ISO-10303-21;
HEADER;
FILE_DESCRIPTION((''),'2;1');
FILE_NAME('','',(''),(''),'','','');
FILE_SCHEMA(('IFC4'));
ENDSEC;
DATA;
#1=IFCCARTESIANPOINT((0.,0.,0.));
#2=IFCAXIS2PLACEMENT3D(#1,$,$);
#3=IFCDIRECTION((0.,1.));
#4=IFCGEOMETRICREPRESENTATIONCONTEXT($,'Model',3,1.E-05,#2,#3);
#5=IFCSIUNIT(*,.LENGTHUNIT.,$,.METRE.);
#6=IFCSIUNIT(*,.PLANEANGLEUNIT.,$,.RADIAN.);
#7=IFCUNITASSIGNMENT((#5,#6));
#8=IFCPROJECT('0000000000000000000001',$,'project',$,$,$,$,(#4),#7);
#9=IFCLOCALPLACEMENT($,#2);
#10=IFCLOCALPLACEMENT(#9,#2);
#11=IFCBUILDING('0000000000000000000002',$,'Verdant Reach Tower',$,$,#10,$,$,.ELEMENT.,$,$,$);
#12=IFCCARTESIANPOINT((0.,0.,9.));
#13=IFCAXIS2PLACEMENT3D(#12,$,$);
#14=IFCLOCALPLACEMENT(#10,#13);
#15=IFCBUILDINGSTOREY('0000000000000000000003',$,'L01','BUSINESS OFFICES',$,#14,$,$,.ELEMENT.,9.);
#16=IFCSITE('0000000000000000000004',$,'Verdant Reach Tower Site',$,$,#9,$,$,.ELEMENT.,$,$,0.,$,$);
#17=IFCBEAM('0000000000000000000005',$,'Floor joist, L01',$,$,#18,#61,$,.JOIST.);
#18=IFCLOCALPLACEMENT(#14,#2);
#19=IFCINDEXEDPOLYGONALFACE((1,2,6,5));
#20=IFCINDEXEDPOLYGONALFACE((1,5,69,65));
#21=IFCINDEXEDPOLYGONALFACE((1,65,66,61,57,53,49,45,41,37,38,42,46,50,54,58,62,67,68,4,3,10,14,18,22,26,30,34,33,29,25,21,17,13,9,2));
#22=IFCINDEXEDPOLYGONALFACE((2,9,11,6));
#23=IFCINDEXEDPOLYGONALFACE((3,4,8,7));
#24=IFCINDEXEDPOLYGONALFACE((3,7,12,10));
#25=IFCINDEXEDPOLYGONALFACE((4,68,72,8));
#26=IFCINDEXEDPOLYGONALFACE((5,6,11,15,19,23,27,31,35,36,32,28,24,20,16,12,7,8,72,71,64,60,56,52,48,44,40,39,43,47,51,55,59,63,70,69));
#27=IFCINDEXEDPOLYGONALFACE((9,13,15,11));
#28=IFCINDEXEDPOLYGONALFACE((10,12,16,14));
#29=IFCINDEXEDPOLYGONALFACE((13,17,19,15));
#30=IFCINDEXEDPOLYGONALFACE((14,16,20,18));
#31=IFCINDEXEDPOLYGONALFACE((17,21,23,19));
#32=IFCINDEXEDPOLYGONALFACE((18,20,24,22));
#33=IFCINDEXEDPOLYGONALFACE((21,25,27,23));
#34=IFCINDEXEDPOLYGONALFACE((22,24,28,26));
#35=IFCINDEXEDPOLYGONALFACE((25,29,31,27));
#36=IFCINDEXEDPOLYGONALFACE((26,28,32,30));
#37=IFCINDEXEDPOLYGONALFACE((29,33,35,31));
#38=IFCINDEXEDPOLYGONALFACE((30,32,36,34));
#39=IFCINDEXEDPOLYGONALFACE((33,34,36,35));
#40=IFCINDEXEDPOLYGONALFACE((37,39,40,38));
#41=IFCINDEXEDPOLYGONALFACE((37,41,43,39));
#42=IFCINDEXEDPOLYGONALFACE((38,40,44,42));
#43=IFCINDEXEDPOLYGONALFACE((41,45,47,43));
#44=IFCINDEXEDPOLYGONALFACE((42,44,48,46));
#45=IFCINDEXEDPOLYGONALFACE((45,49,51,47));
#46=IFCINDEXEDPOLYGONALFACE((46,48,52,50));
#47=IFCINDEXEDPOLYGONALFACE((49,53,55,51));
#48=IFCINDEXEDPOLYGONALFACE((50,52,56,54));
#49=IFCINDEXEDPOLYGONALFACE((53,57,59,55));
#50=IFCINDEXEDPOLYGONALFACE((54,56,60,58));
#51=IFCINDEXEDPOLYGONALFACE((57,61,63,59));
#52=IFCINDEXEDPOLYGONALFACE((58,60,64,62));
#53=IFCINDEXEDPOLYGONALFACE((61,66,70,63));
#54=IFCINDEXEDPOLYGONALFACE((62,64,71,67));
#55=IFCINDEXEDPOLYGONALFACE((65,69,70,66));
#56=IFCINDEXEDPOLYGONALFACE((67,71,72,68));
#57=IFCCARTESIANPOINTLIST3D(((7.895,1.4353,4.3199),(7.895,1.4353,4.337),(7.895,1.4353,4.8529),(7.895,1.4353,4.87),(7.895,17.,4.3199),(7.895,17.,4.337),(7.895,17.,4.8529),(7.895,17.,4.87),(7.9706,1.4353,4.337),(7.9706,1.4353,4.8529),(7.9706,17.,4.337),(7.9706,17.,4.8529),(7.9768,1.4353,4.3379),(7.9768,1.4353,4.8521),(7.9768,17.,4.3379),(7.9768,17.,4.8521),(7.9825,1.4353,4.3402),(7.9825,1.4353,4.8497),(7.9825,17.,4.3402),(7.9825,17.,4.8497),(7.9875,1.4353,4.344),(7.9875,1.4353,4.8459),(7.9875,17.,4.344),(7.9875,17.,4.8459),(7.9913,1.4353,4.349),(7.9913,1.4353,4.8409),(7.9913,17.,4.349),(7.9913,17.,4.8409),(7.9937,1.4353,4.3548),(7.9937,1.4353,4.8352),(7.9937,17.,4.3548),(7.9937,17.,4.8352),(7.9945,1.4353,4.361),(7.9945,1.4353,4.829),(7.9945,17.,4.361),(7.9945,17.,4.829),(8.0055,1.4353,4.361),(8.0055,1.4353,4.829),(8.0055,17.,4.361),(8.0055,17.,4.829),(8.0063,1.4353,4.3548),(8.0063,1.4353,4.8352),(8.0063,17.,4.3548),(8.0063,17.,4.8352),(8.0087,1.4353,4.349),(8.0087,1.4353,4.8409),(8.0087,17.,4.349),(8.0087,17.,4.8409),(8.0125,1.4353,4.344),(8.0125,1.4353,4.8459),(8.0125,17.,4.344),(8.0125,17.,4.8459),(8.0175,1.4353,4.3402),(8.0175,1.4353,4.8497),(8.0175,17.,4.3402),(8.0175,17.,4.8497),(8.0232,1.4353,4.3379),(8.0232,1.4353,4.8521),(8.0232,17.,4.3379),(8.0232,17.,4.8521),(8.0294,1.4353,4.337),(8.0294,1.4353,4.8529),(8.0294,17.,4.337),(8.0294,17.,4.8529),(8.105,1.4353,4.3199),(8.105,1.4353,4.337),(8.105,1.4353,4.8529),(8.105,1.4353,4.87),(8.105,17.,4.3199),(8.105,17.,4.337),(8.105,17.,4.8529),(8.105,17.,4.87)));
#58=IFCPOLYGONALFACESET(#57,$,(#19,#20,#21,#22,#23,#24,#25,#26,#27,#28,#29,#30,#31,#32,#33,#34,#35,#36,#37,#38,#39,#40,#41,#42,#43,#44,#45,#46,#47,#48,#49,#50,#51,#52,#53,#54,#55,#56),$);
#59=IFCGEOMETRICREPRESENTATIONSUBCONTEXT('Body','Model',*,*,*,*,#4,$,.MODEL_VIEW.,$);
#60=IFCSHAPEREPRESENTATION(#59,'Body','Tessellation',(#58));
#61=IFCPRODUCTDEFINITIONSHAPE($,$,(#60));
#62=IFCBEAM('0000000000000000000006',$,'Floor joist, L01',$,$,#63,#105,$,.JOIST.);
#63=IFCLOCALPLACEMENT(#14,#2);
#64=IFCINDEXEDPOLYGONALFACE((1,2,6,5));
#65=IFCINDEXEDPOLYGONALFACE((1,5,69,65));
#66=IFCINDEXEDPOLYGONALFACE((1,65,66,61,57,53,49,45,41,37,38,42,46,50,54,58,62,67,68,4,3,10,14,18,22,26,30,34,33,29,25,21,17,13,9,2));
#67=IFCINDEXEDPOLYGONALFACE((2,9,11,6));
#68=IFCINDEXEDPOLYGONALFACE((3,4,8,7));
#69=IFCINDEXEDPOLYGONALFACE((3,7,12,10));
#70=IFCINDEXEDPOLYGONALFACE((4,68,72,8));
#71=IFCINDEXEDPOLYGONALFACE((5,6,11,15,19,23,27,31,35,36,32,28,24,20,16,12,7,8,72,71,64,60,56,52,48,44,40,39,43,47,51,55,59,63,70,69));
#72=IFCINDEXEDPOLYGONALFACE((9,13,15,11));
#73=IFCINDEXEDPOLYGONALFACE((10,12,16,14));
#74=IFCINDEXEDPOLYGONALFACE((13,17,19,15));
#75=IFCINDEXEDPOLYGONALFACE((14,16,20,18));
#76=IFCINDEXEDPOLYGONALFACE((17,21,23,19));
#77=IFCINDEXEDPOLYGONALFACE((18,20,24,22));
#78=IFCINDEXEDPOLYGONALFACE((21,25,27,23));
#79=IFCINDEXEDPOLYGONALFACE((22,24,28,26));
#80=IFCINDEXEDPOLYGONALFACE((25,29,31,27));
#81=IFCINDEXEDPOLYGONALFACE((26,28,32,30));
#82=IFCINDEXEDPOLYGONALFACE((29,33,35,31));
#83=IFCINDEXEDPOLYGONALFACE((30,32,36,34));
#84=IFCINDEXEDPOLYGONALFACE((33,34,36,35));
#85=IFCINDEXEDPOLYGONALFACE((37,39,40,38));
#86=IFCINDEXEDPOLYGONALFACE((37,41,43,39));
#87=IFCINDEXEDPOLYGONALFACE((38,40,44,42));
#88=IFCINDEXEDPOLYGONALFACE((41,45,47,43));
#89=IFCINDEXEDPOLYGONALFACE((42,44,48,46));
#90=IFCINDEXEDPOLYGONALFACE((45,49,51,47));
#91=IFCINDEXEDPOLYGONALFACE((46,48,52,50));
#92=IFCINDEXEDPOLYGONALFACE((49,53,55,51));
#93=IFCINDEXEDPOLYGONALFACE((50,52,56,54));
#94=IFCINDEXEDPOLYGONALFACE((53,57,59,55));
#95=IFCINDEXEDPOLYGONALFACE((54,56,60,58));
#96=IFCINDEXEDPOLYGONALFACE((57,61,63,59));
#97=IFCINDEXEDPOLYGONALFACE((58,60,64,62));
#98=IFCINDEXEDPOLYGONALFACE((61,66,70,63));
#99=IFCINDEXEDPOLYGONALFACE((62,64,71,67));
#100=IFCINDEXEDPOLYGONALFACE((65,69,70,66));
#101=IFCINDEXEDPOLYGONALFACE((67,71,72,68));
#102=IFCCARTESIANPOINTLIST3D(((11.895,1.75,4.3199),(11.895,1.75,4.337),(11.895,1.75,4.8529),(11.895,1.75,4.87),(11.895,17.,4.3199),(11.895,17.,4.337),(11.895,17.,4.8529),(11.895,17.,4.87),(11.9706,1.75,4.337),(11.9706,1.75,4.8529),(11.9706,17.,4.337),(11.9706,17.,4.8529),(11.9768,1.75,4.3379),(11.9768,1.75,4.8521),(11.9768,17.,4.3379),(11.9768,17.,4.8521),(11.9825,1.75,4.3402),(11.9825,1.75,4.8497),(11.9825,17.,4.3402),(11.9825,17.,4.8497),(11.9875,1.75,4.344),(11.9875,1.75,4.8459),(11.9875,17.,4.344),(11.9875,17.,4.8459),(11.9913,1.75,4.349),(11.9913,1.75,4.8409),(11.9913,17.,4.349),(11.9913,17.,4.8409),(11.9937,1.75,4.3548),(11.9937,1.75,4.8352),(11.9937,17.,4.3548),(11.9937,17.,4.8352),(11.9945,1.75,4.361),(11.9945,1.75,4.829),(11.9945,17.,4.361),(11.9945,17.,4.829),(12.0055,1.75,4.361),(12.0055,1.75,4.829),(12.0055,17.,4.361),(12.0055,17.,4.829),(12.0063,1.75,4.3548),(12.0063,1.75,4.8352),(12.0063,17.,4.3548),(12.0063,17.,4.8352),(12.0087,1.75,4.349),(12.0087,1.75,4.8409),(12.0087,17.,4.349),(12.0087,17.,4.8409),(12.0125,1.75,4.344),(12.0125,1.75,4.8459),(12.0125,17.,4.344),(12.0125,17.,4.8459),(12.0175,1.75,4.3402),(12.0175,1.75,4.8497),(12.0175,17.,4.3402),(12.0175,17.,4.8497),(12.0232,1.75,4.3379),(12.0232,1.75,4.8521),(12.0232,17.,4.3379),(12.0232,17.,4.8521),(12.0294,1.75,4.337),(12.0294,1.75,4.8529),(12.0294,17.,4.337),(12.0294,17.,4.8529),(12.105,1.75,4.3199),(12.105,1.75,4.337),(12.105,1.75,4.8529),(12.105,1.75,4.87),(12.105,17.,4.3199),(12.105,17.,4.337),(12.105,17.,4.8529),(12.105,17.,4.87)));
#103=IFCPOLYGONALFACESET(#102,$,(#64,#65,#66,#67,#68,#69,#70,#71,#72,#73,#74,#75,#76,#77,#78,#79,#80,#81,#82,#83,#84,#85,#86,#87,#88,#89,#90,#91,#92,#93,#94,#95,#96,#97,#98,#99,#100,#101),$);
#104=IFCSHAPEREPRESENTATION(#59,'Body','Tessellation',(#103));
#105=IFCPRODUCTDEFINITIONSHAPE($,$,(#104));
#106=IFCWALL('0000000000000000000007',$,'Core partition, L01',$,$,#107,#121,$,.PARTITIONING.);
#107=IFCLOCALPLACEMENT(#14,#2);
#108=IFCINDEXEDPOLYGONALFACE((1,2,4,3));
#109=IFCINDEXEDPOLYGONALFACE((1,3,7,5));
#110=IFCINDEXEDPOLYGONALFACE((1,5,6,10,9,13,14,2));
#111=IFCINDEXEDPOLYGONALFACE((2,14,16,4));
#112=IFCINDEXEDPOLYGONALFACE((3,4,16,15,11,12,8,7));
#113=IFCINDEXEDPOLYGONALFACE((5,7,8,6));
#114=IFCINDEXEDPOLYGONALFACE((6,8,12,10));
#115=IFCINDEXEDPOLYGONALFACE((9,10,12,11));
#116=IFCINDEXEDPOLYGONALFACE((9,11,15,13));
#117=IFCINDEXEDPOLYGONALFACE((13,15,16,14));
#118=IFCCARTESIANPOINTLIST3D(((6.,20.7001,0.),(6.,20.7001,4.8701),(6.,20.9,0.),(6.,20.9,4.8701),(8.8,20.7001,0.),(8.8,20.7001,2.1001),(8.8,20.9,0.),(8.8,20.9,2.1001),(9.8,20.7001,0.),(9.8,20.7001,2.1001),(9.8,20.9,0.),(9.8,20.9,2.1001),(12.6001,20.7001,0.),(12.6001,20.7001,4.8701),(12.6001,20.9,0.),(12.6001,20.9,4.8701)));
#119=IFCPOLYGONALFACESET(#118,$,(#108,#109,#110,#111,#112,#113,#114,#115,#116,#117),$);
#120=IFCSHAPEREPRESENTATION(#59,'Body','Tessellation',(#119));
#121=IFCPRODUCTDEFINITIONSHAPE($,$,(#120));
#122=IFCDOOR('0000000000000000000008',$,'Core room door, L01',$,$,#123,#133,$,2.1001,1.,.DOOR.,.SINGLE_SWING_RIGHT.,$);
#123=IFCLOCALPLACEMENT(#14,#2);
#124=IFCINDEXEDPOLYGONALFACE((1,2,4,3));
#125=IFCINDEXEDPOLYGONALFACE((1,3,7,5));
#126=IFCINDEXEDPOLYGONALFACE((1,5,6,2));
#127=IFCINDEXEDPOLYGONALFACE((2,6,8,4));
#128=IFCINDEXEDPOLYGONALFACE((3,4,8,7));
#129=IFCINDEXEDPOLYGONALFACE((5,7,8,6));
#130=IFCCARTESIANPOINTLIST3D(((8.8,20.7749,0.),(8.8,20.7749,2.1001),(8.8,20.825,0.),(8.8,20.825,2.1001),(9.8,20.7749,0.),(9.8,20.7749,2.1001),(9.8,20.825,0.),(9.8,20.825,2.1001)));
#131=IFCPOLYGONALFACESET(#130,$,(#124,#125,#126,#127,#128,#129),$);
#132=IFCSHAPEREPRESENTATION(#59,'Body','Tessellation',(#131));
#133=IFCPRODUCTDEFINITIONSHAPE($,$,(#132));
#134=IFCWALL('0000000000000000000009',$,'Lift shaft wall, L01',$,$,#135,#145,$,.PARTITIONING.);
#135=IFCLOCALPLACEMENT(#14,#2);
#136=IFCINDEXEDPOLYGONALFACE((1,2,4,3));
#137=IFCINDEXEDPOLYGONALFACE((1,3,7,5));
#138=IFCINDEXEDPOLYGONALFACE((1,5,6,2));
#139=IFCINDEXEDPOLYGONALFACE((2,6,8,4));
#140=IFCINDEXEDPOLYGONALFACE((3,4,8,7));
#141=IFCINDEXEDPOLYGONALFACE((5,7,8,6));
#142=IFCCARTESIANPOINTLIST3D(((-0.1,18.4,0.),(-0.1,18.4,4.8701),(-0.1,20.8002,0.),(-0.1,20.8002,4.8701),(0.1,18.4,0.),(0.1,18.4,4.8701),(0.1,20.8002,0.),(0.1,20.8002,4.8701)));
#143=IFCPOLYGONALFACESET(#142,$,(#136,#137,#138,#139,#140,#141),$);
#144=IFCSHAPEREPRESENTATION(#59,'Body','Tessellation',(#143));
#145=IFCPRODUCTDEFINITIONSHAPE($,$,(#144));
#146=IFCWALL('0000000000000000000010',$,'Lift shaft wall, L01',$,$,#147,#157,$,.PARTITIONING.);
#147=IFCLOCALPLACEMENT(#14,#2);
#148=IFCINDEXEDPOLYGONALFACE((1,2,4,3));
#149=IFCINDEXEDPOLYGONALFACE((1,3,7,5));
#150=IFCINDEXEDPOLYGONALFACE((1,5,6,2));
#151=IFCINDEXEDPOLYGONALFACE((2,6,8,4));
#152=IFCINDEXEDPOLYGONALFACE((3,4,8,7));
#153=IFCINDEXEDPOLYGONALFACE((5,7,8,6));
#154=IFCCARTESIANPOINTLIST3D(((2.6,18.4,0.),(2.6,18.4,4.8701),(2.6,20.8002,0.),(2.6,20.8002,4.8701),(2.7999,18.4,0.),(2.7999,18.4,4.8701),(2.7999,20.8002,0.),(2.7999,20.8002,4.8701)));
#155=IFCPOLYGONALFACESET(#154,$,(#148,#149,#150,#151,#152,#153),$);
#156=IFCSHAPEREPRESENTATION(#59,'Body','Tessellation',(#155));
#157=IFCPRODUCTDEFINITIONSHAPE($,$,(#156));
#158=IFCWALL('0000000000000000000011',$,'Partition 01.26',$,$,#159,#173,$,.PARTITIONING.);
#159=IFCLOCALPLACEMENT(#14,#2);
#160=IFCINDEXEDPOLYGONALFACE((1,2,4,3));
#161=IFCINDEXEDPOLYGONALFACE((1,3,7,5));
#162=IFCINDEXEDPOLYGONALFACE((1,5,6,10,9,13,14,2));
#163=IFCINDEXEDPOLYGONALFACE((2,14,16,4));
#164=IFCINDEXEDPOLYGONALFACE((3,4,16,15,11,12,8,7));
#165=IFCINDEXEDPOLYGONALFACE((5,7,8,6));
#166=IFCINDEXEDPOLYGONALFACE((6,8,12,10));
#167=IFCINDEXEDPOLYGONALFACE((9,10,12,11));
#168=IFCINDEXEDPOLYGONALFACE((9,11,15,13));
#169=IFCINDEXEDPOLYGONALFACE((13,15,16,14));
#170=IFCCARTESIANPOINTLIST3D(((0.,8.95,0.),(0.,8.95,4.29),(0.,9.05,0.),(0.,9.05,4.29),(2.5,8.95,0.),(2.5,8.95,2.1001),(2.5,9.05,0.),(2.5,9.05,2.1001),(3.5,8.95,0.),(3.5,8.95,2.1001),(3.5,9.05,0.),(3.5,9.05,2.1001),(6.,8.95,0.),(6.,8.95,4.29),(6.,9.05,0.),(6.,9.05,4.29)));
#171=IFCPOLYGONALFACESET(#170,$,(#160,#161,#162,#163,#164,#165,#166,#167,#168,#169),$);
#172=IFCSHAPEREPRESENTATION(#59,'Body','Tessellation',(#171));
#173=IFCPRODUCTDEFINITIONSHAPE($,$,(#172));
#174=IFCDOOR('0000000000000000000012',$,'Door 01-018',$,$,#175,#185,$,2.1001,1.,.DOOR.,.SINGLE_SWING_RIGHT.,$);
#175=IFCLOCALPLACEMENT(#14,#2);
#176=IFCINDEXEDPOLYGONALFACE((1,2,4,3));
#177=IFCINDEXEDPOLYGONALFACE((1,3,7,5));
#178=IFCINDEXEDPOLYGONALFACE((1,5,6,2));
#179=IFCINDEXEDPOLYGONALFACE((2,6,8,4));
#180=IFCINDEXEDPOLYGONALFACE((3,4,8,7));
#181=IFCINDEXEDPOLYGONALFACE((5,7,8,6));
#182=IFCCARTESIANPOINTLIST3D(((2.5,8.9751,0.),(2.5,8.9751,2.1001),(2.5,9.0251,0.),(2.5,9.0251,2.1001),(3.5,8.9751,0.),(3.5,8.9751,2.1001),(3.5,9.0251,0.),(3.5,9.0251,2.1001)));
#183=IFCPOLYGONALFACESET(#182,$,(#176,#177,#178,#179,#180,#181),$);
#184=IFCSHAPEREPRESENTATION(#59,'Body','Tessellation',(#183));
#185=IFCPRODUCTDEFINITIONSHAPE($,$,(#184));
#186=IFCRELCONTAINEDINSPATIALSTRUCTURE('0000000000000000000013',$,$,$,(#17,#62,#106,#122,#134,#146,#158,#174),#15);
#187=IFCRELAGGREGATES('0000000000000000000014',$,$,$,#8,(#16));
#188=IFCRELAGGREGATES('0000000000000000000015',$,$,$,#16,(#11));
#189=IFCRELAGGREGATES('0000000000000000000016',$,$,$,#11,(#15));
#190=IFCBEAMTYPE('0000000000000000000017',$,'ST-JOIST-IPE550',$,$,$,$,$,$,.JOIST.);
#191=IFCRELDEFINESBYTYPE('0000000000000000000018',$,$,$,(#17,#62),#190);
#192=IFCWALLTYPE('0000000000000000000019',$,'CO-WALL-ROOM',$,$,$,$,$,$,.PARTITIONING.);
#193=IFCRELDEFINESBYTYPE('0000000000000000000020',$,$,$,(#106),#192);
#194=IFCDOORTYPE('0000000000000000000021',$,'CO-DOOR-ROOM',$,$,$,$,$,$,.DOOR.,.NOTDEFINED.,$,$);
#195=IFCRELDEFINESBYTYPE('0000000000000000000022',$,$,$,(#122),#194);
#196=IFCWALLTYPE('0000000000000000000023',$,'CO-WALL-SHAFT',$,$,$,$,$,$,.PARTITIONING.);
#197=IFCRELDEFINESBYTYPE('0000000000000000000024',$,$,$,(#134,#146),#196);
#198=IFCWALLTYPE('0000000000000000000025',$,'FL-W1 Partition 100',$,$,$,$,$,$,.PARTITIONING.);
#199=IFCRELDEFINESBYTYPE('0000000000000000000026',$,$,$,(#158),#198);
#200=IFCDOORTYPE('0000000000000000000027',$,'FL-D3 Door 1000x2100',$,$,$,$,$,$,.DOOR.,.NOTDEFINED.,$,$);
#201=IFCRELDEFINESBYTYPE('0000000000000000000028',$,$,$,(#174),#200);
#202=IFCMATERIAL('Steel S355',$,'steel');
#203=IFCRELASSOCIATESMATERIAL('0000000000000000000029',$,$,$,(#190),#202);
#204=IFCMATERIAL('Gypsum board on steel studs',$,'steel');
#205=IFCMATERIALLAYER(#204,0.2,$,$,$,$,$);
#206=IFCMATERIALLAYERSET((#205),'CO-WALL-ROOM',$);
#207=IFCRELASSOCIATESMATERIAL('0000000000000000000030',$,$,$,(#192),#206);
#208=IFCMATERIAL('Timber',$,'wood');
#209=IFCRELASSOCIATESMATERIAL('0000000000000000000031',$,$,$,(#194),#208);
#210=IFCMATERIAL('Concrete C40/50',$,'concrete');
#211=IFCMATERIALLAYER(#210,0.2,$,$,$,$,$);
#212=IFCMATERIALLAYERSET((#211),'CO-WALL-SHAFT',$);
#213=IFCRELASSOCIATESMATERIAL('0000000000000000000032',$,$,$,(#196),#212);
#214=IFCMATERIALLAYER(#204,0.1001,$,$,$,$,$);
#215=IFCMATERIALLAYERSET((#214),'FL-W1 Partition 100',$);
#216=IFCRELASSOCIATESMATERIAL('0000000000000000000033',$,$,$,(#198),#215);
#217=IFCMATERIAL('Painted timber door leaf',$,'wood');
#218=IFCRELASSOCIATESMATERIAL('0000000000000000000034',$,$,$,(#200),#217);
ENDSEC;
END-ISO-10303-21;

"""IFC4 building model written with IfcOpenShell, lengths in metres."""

from ifc_helpers import new_model, si_unit, direction, frame, frame_2d, origin, origin_2d, place, context, subcontext, project, spatial, rectangle, i_section, extrude, material, layer, layer_set, material_profile, profile_set, type_object, element, fill, save


model = new_model("IFC4")

# Units and contexts
model_context = context("Model", 3, precision=1e-05, world=origin(), true_north=direction((0.0, 1.0)))
body_context = subcontext(model_context, "Body", "Model", "MODEL_VIEW")
ifc_project = project(units=[si_unit("LENGTHUNIT", "METRE"), si_unit("PLANEANGLEUNIT", "RADIAN")], contexts=[model_context])

# Site, building, storey
site_placement = place(None, origin())
site = spatial("IfcSite", under=ifc_project, at=site_placement, Name="Verdant Reach Tower Site", CompositionType="ELEMENT", RefElevation=0.0)
building_placement = place(site_placement, origin())
building = spatial("IfcBuilding", under=site, at=building_placement, Name="Verdant Reach Tower", CompositionType="ELEMENT")
storey_placement = place(building_placement, frame((0.0, 0.0, 9.0)))
storey = spatial("IfcBuildingStorey", under=building, at=storey_placement, Name="L01", Description="BUSINESS OFFICES", CompositionType="ELEMENT", Elevation=9.0)

# Beams
ifc_material_1 = material(Name="Steel S355", Category="steel")
ifc_material_profile_1 = material_profile(ifc_material_1, i_section(OverallWidth=0.21, OverallDepth=0.55, WebThickness=0.011, FlangeThickness=0.0171, FilletRadius=0.0239, at=origin_2d()), Name="IPE 550")
ifc_profile_set_1 = profile_set([ifc_material_profile_1], Name="Steel S355")
beam_type_1 = type_object("IfcBeamType", Name="ST-JOIST-IPE550", PredefinedType="JOIST", material=ifc_profile_set_1)
beam_1_placement = place(storey_placement, frame((8.0, 17.0, 4.595), z_axis=(0.0, -1.0, 0.0), x_axis=(1.0, 0.0, 0.0)))
element("IfcBeam", 1, at=beam_1_placement, inside=storey, type_object=beam_type_1, Name="Floor joist, L01", PredefinedType="JOIST", context=body_context, shape_type="SweptSolid", body=[
    extrude(i_section(OverallWidth=0.21, OverallDepth=0.55, WebThickness=0.011, FlangeThickness=0.0171, FilletRadius=0.0239, at=origin_2d()), origin(), (0.0, 0.0, 1.0), 15.5647),
])
beam_2_placement = place(storey_placement, frame((12.0, 17.0, 4.595), z_axis=(0.0, -1.0, 0.0), x_axis=(1.0, 0.0, 0.0)))
element("IfcBeam", 2, at=beam_2_placement, inside=storey, type_object=beam_type_1, Name="Floor joist, L01", PredefinedType="JOIST", context=body_context, shape_type="SweptSolid", body=[
    extrude(i_section(OverallWidth=0.21, OverallDepth=0.55, WebThickness=0.011, FlangeThickness=0.0171, FilletRadius=0.0239, at=origin_2d()), origin(), (0.0, 0.0, 1.0), 15.25),
])

# Wall, opening, door
ifc_material_2 = material(Name="Gypsum board on steel studs", Category="steel")
ifc_layer_1 = layer(ifc_material_2, 0.2)
ifc_layer_set_1 = layer_set([ifc_layer_1], Name="CO-WALL-ROOM")
wall_type_1 = type_object("IfcWallType", Name="CO-WALL-ROOM", PredefinedType="PARTITIONING", material=ifc_layer_set_1)
wall_1_placement = place(storey_placement, frame((6.0, 20.8, 0.0), z_axis=(0.0, 0.0, 1.0), x_axis=(1.0, 0.0, 0.0)))
wall_1 = element("IfcWall", 3, at=wall_1_placement, inside=storey, type_object=wall_type_1, Name="Core partition, L01", PredefinedType="PARTITIONING", context=body_context, shape_type="SweptSolid", body=[
    extrude(rectangle(XDim=6.6001, YDim=0.2, at=frame_2d((3.3, 0.0))), origin(), (0.0, 0.0, 1.0), 4.8701),
])
opening_1_placement = place(wall_1_placement, frame((2.8, 0.0, 0.0)))
opening_1 = element("IfcOpeningElement", 4, at=opening_1_placement, cuts=wall_1, PredefinedType="OPENING", context=body_context, shape_type="SweptSolid", body=[
    extrude(rectangle(XDim=1.0, YDim=2.1001, at=frame_2d((0.5, 1.05))), frame((0.0, 0.1099, 0.0), z_axis=(0.0, -1.0, 0.0), x_axis=(1.0, 0.0, 0.0)), (0.0, 0.0, 1.0), 0.22),
])
ifc_material_3 = material(Name="Timber", Category="wood")
door_type_1 = type_object("IfcDoorType", Name="CO-DOOR-ROOM", OperationType="NOTDEFINED", PredefinedType="DOOR", material=ifc_material_3)
door_1_placement = place(opening_1_placement, origin())
door_1 = element("IfcDoor", 5, at=door_1_placement, inside=storey, type_object=door_type_1, Name="Core room door, L01", OperationType="SINGLE_SWING_RIGHT", OverallHeight=2.1001, OverallWidth=1.0, PredefinedType="DOOR", context=body_context, shape_type="SweptSolid", body=[
    extrude(rectangle(XDim=1.0, YDim=2.1001, at=frame_2d((0.5, 1.05))), frame((0.0, 0.0249, 0.0), z_axis=(0.0, -1.0, 0.0), x_axis=(1.0, 0.0, 0.0)), (0.0, 0.0, 1.0), 0.05),
])
fill(opening_1, door_1)

# Walls
ifc_material_4 = material(Name="Concrete C40/50", Category="concrete")
ifc_layer_2 = layer(ifc_material_4, 0.2)
ifc_layer_set_2 = layer_set([ifc_layer_2], Name="CO-WALL-SHAFT")
wall_type_2 = type_object("IfcWallType", Name="CO-WALL-SHAFT", PredefinedType="PARTITIONING", material=ifc_layer_set_2)
for number, where, z_axis, x_axis, name in (
    (6, (0.0, 18.3999, 0.0), (0.0, 0.0, 1.0), (0.0, 1.0, 0.0), "Lift shaft wall, L01"),
    (7, (2.7, 18.3999, 0.0), (0.0, 0.0, 1.0), (0.0, 1.0, 0.0), "Lift shaft wall, L01"),
):
    element("IfcWall", number, at=place(storey_placement, frame(where, z_axis=z_axis, x_axis=x_axis)), inside=storey, type_object=wall_type_2, Name=name, PredefinedType="PARTITIONING", context=body_context, shape_type="SweptSolid", body=[
        extrude(rectangle(XDim=2.4001, YDim=0.2, at=frame_2d((1.2002, 0.0))), origin(), (0.0, 0.0, 1.0), 4.8701),
    ])

# Wall, opening, door
ifc_layer_3 = layer(ifc_material_2, 0.1001)
ifc_layer_set_3 = layer_set([ifc_layer_3], Name="FL-W1 Partition 100")
wall_type_3 = type_object("IfcWallType", Name="FL-W1 Partition 100", PredefinedType="PARTITIONING", material=ifc_layer_set_3)
wall_2_placement = place(storey_placement, frame((6.0, 9.0, 0.0), z_axis=(0.0, 0.0, 1.0), x_axis=(-1.0, 0.0, 0.0)))
wall_2 = element("IfcWall", 8, at=wall_2_placement, inside=storey, type_object=wall_type_3, Name="Partition 01.26", PredefinedType="PARTITIONING", context=body_context, shape_type="SweptSolid", body=[
    extrude(rectangle(XDim=6.0, YDim=0.1001, at=frame_2d((3.0, 0.0))), origin(), (0.0, 0.0, 1.0), 4.29),
])
opening_2_placement = place(wall_2_placement, frame((2.5, 0.0, 0.0)))
opening_2 = element("IfcOpeningElement", 9, at=opening_2_placement, cuts=wall_2, PredefinedType="OPENING", context=body_context, shape_type="SweptSolid", body=[
    extrude(rectangle(XDim=1.0, YDim=2.1001, at=frame_2d((0.5, 1.05))), frame((0.0, 0.0601, 0.0), z_axis=(0.0, -1.0, 0.0), x_axis=(1.0, 0.0, 0.0)), (0.0, 0.0, 1.0), 0.1201),
])
ifc_material_5 = material(Name="Painted timber door leaf", Category="wood")
door_type_2 = type_object("IfcDoorType", Name="FL-D3 Door 1000x2100", OperationType="NOTDEFINED", PredefinedType="DOOR", material=ifc_material_5)
door_2_placement = place(opening_2_placement, origin())
door_2 = element("IfcDoor", 10, at=door_2_placement, inside=storey, type_object=door_type_2, Name="Door 01-018", OperationType="SINGLE_SWING_RIGHT", OverallHeight=2.1001, OverallWidth=1.0, PredefinedType="DOOR", context=body_context, shape_type="SweptSolid", body=[
    extrude(rectangle(XDim=1.0, YDim=2.1001, at=frame_2d((0.5, 1.05))), frame((0.0, 0.0249, 0.0), z_axis=(0.0, -1.0, 0.0), x_axis=(1.0, 0.0, 0.0)), (0.0, 0.0, 1.0), 0.05),
])
fill(opening_2, door_2)

save(model, "model.ifc")
